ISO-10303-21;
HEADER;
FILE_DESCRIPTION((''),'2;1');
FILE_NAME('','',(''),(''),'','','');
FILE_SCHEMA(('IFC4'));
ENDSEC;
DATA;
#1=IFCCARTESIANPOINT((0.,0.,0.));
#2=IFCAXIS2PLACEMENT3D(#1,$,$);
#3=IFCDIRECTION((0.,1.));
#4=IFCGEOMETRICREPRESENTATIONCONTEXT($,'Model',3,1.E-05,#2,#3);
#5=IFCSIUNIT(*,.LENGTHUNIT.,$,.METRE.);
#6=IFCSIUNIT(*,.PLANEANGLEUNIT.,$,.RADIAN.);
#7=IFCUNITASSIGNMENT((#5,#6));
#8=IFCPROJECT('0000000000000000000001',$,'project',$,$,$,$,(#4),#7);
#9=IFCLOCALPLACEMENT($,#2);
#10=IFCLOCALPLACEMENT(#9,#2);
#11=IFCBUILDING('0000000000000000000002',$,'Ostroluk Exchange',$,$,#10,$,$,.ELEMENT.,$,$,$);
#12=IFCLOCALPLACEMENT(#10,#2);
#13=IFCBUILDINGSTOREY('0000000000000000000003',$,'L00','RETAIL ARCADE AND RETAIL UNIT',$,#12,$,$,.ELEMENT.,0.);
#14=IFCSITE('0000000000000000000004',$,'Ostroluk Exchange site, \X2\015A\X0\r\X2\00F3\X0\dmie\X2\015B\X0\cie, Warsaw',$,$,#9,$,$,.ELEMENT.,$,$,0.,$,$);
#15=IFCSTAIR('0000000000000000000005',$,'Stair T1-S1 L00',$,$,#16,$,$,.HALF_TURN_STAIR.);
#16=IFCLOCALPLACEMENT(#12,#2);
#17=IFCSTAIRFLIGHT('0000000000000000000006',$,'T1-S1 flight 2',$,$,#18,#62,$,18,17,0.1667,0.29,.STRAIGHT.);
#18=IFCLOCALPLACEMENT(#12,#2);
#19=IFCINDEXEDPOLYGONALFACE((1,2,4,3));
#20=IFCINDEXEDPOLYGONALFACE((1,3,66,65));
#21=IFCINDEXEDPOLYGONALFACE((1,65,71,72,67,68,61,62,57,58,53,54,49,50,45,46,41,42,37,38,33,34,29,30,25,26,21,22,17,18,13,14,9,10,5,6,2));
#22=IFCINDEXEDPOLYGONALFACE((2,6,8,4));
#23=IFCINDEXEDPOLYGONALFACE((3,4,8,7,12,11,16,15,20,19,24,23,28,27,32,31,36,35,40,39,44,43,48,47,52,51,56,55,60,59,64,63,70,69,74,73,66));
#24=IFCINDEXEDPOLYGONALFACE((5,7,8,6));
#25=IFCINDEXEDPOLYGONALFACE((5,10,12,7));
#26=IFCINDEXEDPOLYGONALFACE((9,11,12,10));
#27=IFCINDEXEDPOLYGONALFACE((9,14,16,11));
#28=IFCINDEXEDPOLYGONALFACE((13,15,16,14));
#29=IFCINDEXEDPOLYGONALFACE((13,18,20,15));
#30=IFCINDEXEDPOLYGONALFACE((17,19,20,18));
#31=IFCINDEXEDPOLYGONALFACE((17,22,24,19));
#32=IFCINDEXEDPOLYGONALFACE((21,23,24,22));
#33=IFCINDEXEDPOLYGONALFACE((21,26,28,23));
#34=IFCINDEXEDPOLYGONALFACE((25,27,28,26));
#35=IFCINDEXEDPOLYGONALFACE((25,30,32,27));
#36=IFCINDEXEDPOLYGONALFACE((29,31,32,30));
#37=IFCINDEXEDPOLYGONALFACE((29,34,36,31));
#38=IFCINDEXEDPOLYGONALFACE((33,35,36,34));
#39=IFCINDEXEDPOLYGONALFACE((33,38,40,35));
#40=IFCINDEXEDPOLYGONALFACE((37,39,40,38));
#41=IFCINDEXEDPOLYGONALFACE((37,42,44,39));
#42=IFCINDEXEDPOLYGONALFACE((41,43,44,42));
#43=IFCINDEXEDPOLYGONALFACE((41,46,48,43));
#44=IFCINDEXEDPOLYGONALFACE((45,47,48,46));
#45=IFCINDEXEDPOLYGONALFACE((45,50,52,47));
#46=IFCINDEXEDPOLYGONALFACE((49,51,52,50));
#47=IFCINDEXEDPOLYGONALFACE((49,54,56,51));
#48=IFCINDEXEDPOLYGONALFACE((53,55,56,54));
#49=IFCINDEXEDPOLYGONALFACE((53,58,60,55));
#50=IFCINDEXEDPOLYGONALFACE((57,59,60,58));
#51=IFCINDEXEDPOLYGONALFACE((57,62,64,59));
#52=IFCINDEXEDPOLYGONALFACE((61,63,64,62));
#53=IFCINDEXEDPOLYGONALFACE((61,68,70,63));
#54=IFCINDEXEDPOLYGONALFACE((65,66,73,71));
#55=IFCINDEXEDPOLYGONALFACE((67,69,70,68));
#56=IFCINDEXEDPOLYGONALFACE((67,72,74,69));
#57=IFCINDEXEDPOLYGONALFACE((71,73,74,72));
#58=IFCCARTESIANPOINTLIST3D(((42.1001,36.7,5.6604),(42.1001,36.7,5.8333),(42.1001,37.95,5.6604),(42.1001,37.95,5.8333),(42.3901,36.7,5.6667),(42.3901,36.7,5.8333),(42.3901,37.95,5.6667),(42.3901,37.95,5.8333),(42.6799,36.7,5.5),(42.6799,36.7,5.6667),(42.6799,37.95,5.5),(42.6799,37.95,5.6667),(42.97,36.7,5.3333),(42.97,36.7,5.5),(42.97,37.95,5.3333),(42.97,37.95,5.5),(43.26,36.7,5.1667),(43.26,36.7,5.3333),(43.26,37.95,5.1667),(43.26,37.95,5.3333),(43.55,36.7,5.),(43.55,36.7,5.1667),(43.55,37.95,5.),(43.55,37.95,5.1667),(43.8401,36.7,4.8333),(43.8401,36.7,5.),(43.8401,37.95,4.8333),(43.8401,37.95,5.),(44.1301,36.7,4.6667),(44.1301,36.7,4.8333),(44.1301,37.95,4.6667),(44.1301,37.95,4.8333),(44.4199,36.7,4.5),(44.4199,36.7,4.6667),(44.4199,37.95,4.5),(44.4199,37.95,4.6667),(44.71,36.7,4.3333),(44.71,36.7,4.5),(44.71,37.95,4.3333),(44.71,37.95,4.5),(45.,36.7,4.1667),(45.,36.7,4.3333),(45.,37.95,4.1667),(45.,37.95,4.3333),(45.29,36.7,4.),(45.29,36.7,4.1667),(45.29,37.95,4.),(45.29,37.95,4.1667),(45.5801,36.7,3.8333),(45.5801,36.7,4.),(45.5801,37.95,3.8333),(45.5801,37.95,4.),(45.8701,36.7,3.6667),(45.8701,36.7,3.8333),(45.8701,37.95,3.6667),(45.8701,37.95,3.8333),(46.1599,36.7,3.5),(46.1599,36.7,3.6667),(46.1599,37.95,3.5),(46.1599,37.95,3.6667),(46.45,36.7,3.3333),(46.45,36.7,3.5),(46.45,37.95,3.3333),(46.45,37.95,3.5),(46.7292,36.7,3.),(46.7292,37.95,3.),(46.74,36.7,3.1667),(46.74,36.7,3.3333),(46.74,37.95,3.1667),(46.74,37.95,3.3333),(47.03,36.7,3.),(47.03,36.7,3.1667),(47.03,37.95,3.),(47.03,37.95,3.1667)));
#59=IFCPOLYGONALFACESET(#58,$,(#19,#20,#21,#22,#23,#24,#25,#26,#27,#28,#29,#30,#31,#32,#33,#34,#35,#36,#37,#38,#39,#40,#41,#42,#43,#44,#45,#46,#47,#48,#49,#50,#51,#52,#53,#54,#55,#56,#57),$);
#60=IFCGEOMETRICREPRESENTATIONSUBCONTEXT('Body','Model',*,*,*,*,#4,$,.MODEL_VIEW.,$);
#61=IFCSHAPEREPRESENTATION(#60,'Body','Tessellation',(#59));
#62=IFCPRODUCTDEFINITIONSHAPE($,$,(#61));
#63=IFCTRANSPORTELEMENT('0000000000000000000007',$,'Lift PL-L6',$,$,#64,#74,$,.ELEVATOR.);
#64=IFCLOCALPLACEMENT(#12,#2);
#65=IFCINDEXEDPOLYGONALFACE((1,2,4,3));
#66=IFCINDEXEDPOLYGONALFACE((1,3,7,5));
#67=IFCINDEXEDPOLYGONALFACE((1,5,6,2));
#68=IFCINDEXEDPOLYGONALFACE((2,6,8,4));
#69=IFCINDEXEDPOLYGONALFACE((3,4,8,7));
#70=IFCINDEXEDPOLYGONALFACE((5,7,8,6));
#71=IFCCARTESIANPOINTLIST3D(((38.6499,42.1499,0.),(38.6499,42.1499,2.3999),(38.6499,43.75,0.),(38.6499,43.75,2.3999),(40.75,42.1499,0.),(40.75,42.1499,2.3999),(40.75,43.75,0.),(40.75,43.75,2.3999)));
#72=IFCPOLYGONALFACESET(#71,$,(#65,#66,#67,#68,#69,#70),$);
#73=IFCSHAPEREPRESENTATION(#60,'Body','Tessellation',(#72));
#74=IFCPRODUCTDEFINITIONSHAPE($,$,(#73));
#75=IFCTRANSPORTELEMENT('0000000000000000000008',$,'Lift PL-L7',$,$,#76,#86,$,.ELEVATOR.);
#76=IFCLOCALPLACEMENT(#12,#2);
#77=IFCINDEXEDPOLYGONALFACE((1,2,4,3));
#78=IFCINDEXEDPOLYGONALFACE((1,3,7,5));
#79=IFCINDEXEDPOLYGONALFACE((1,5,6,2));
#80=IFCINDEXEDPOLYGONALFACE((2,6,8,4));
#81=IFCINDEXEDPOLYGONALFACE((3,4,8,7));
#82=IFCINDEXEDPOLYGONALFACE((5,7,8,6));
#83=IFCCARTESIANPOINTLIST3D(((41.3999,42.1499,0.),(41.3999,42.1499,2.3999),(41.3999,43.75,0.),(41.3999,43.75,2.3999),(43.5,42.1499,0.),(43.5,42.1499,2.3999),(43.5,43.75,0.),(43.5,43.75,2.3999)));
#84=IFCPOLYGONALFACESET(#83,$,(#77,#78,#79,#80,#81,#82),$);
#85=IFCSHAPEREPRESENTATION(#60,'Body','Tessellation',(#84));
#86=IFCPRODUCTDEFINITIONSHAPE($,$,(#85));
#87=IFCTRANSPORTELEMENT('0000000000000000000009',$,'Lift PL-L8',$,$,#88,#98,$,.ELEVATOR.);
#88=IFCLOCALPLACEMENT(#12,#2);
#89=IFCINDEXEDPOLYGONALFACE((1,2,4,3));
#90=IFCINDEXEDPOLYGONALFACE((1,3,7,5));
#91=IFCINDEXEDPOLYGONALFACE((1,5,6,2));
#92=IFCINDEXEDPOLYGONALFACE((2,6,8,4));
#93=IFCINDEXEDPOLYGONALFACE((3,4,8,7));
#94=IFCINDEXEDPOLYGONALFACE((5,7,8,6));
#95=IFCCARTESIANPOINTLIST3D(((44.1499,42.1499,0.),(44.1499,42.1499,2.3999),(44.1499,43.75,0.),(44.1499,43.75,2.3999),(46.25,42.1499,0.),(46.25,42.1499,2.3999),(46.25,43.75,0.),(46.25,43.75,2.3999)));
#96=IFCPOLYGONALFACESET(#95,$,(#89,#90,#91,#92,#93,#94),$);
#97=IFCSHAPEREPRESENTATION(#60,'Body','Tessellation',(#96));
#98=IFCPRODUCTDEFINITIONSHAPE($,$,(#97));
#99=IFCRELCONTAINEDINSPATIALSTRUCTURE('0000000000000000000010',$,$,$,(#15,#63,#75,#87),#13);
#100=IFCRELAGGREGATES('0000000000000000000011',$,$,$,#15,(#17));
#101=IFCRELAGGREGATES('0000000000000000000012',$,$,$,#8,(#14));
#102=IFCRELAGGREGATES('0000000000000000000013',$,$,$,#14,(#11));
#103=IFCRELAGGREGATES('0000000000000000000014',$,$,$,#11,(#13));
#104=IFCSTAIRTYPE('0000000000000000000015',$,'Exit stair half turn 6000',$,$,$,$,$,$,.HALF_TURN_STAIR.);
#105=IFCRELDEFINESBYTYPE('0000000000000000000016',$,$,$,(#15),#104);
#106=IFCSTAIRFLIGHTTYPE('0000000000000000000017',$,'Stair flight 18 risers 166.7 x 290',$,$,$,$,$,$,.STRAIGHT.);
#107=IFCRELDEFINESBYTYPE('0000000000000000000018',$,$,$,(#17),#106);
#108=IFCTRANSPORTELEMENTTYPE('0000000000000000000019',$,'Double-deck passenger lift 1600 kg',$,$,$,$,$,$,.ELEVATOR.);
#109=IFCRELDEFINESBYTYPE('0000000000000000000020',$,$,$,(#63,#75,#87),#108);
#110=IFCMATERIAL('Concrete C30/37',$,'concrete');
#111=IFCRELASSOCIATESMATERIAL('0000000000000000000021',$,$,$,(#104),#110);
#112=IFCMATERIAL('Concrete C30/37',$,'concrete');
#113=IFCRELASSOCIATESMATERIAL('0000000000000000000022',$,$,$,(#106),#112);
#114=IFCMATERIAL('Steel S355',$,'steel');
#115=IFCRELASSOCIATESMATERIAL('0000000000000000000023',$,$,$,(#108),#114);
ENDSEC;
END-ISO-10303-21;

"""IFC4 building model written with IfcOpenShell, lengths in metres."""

from ifc_helpers import new_model, si_unit, direction, frame, origin, origin_2d, place, context, subcontext, project, spatial, polyline, rectangle, outline, extrude, material, type_object, element, aggregate, save


model = new_model("IFC4")

# Units and contexts
model_context = context("Model", 3, precision=1e-05, world=origin(), true_north=direction((0.0, 1.0)))
body_context = subcontext(model_context, "Body", "Model", "MODEL_VIEW")
ifc_project = project(units=[si_unit("LENGTHUNIT", "METRE"), si_unit("PLANEANGLEUNIT", "RADIAN")], contexts=[model_context])

# Site, building, storey
site_placement = place(None, origin())
site = spatial("IfcSite", under=ifc_project, at=site_placement, Name="Ostroluk Exchange site, Śródmieście, Warsaw", CompositionType="ELEMENT", RefElevation=0.0)
building_placement = place(site_placement, origin())
building = spatial("IfcBuilding", under=site, at=building_placement, Name="Ostroluk Exchange", CompositionType="ELEMENT")
storey_placement = place(building_placement, origin())
storey = spatial("IfcBuildingStorey", under=building, at=storey_placement, Name="L00", Description="RETAIL ARCADE AND RETAIL UNIT", CompositionType="ELEMENT", Elevation=0.0)

# Stair, stair flight
ifc_material_1 = material(Name="Concrete C30/37", Category="concrete")
stair_type = type_object("IfcStairType", Name="Exit stair half turn 6000", PredefinedType="HALF_TURN_STAIR", material=ifc_material_1)
stair_placement = place(storey_placement, origin())
stair = element("IfcStair", 1, at=stair_placement, inside=storey, type_object=stair_type, Name="Stair T1-S1 L00", PredefinedType="HALF_TURN_STAIR")
ifc_material_2 = material(Name="Concrete C30/37", Category="concrete")
stair_flight_type = type_object("IfcStairFlightType", Name="Stair flight 18 risers 166.7 x 290", PredefinedType="STRAIGHT", material=ifc_material_2)
stair_flight_1_placement = place(storey_placement, frame((47.03, 37.325, 3.0), z_axis=(0.0, 0.0, 1.0), x_axis=(-1.0, 0.0, 0.0)))
stair_flight_1 = element("IfcStairFlight", 2, at=stair_flight_1_placement, type_object=stair_flight_type, Name="T1-S1 flight 2", NumberOfRisers=18, NumberOfTreads=17, PredefinedType="STRAIGHT", RiserHeight=0.1667, TreadLength=0.29, context=body_context, shape_type="SweptSolid", body=[
    extrude(outline(polyline([(0.0, 0.0), (0.0, 0.1667), (0.29, 0.1667), (0.29, 0.3333), (0.5801, 0.3333), (0.5801, 0.5), (0.8701, 0.5), (0.8701, 0.6667), (1.1599, 0.6667), (1.1599, 0.8333), (1.45, 0.8333), (1.45, 1.0), (1.74, 1.0), (1.74, 1.1667), (2.03, 1.1667), (2.03, 1.3333), (2.3201, 1.3333), (2.3201, 1.5), (2.6101, 1.5), (2.6101, 1.6667), (2.8999, 1.6667), (2.8999, 1.8333), (3.1899, 1.8333), (3.1899, 2.0), (3.48, 2.0), (3.48, 2.1667), (3.77, 2.1667), (3.77, 2.3333), (4.0601, 2.3333), (4.0601, 2.5), (4.3501, 2.5), (4.3501, 2.6667), (4.6399, 2.6667), (4.6399, 2.8333), (4.9299, 2.8333), (4.9299, 3.0), (4.9299, 2.6604), (0.3008, 0.0), (0.0, 0.0)])), frame((0.0, 0.625, 0.0), z_axis=(0.0, -1.0, 0.0), x_axis=(1.0, 0.0, 0.0)), (0.0, 0.0, 1.0), 1.25),
])
aggregate(stair, [stair_flight_1])

# Transport elements
ifc_material_3 = material(Name="Steel S355", Category="steel")
transport_element_type = type_object("IfcTransportElementType", Name="Double-deck passenger lift 1600 kg", PredefinedType="ELEVATOR", material=ifc_material_3)
for number, where, z_axis, x_axis, name in (
    (3, (39.7, 42.95, 0.0), (0.0, 0.0, 1.0), (1.0, 0.0, 0.0), "Lift PL-L6"),
    (4, (42.45, 42.95, 0.0), (0.0, 0.0, 1.0), (1.0, 0.0, 0.0), "Lift PL-L7"),
    (5, (45.2, 42.95, 0.0), (0.0, 0.0, 1.0), (1.0, 0.0, 0.0), "Lift PL-L8"),
):
    element("IfcTransportElement", number, at=place(storey_placement, frame(where, z_axis=z_axis, x_axis=x_axis)), inside=storey, type_object=transport_element_type, Name=name, PredefinedType="ELEVATOR", context=body_context, shape_type="SweptSolid", body=[
        extrude(rectangle(XDim=2.1001, YDim=1.6001, at=origin_2d()), origin(), (0.0, 0.0, 1.0), 2.3999),
    ])

save(model, "model.ifc")
